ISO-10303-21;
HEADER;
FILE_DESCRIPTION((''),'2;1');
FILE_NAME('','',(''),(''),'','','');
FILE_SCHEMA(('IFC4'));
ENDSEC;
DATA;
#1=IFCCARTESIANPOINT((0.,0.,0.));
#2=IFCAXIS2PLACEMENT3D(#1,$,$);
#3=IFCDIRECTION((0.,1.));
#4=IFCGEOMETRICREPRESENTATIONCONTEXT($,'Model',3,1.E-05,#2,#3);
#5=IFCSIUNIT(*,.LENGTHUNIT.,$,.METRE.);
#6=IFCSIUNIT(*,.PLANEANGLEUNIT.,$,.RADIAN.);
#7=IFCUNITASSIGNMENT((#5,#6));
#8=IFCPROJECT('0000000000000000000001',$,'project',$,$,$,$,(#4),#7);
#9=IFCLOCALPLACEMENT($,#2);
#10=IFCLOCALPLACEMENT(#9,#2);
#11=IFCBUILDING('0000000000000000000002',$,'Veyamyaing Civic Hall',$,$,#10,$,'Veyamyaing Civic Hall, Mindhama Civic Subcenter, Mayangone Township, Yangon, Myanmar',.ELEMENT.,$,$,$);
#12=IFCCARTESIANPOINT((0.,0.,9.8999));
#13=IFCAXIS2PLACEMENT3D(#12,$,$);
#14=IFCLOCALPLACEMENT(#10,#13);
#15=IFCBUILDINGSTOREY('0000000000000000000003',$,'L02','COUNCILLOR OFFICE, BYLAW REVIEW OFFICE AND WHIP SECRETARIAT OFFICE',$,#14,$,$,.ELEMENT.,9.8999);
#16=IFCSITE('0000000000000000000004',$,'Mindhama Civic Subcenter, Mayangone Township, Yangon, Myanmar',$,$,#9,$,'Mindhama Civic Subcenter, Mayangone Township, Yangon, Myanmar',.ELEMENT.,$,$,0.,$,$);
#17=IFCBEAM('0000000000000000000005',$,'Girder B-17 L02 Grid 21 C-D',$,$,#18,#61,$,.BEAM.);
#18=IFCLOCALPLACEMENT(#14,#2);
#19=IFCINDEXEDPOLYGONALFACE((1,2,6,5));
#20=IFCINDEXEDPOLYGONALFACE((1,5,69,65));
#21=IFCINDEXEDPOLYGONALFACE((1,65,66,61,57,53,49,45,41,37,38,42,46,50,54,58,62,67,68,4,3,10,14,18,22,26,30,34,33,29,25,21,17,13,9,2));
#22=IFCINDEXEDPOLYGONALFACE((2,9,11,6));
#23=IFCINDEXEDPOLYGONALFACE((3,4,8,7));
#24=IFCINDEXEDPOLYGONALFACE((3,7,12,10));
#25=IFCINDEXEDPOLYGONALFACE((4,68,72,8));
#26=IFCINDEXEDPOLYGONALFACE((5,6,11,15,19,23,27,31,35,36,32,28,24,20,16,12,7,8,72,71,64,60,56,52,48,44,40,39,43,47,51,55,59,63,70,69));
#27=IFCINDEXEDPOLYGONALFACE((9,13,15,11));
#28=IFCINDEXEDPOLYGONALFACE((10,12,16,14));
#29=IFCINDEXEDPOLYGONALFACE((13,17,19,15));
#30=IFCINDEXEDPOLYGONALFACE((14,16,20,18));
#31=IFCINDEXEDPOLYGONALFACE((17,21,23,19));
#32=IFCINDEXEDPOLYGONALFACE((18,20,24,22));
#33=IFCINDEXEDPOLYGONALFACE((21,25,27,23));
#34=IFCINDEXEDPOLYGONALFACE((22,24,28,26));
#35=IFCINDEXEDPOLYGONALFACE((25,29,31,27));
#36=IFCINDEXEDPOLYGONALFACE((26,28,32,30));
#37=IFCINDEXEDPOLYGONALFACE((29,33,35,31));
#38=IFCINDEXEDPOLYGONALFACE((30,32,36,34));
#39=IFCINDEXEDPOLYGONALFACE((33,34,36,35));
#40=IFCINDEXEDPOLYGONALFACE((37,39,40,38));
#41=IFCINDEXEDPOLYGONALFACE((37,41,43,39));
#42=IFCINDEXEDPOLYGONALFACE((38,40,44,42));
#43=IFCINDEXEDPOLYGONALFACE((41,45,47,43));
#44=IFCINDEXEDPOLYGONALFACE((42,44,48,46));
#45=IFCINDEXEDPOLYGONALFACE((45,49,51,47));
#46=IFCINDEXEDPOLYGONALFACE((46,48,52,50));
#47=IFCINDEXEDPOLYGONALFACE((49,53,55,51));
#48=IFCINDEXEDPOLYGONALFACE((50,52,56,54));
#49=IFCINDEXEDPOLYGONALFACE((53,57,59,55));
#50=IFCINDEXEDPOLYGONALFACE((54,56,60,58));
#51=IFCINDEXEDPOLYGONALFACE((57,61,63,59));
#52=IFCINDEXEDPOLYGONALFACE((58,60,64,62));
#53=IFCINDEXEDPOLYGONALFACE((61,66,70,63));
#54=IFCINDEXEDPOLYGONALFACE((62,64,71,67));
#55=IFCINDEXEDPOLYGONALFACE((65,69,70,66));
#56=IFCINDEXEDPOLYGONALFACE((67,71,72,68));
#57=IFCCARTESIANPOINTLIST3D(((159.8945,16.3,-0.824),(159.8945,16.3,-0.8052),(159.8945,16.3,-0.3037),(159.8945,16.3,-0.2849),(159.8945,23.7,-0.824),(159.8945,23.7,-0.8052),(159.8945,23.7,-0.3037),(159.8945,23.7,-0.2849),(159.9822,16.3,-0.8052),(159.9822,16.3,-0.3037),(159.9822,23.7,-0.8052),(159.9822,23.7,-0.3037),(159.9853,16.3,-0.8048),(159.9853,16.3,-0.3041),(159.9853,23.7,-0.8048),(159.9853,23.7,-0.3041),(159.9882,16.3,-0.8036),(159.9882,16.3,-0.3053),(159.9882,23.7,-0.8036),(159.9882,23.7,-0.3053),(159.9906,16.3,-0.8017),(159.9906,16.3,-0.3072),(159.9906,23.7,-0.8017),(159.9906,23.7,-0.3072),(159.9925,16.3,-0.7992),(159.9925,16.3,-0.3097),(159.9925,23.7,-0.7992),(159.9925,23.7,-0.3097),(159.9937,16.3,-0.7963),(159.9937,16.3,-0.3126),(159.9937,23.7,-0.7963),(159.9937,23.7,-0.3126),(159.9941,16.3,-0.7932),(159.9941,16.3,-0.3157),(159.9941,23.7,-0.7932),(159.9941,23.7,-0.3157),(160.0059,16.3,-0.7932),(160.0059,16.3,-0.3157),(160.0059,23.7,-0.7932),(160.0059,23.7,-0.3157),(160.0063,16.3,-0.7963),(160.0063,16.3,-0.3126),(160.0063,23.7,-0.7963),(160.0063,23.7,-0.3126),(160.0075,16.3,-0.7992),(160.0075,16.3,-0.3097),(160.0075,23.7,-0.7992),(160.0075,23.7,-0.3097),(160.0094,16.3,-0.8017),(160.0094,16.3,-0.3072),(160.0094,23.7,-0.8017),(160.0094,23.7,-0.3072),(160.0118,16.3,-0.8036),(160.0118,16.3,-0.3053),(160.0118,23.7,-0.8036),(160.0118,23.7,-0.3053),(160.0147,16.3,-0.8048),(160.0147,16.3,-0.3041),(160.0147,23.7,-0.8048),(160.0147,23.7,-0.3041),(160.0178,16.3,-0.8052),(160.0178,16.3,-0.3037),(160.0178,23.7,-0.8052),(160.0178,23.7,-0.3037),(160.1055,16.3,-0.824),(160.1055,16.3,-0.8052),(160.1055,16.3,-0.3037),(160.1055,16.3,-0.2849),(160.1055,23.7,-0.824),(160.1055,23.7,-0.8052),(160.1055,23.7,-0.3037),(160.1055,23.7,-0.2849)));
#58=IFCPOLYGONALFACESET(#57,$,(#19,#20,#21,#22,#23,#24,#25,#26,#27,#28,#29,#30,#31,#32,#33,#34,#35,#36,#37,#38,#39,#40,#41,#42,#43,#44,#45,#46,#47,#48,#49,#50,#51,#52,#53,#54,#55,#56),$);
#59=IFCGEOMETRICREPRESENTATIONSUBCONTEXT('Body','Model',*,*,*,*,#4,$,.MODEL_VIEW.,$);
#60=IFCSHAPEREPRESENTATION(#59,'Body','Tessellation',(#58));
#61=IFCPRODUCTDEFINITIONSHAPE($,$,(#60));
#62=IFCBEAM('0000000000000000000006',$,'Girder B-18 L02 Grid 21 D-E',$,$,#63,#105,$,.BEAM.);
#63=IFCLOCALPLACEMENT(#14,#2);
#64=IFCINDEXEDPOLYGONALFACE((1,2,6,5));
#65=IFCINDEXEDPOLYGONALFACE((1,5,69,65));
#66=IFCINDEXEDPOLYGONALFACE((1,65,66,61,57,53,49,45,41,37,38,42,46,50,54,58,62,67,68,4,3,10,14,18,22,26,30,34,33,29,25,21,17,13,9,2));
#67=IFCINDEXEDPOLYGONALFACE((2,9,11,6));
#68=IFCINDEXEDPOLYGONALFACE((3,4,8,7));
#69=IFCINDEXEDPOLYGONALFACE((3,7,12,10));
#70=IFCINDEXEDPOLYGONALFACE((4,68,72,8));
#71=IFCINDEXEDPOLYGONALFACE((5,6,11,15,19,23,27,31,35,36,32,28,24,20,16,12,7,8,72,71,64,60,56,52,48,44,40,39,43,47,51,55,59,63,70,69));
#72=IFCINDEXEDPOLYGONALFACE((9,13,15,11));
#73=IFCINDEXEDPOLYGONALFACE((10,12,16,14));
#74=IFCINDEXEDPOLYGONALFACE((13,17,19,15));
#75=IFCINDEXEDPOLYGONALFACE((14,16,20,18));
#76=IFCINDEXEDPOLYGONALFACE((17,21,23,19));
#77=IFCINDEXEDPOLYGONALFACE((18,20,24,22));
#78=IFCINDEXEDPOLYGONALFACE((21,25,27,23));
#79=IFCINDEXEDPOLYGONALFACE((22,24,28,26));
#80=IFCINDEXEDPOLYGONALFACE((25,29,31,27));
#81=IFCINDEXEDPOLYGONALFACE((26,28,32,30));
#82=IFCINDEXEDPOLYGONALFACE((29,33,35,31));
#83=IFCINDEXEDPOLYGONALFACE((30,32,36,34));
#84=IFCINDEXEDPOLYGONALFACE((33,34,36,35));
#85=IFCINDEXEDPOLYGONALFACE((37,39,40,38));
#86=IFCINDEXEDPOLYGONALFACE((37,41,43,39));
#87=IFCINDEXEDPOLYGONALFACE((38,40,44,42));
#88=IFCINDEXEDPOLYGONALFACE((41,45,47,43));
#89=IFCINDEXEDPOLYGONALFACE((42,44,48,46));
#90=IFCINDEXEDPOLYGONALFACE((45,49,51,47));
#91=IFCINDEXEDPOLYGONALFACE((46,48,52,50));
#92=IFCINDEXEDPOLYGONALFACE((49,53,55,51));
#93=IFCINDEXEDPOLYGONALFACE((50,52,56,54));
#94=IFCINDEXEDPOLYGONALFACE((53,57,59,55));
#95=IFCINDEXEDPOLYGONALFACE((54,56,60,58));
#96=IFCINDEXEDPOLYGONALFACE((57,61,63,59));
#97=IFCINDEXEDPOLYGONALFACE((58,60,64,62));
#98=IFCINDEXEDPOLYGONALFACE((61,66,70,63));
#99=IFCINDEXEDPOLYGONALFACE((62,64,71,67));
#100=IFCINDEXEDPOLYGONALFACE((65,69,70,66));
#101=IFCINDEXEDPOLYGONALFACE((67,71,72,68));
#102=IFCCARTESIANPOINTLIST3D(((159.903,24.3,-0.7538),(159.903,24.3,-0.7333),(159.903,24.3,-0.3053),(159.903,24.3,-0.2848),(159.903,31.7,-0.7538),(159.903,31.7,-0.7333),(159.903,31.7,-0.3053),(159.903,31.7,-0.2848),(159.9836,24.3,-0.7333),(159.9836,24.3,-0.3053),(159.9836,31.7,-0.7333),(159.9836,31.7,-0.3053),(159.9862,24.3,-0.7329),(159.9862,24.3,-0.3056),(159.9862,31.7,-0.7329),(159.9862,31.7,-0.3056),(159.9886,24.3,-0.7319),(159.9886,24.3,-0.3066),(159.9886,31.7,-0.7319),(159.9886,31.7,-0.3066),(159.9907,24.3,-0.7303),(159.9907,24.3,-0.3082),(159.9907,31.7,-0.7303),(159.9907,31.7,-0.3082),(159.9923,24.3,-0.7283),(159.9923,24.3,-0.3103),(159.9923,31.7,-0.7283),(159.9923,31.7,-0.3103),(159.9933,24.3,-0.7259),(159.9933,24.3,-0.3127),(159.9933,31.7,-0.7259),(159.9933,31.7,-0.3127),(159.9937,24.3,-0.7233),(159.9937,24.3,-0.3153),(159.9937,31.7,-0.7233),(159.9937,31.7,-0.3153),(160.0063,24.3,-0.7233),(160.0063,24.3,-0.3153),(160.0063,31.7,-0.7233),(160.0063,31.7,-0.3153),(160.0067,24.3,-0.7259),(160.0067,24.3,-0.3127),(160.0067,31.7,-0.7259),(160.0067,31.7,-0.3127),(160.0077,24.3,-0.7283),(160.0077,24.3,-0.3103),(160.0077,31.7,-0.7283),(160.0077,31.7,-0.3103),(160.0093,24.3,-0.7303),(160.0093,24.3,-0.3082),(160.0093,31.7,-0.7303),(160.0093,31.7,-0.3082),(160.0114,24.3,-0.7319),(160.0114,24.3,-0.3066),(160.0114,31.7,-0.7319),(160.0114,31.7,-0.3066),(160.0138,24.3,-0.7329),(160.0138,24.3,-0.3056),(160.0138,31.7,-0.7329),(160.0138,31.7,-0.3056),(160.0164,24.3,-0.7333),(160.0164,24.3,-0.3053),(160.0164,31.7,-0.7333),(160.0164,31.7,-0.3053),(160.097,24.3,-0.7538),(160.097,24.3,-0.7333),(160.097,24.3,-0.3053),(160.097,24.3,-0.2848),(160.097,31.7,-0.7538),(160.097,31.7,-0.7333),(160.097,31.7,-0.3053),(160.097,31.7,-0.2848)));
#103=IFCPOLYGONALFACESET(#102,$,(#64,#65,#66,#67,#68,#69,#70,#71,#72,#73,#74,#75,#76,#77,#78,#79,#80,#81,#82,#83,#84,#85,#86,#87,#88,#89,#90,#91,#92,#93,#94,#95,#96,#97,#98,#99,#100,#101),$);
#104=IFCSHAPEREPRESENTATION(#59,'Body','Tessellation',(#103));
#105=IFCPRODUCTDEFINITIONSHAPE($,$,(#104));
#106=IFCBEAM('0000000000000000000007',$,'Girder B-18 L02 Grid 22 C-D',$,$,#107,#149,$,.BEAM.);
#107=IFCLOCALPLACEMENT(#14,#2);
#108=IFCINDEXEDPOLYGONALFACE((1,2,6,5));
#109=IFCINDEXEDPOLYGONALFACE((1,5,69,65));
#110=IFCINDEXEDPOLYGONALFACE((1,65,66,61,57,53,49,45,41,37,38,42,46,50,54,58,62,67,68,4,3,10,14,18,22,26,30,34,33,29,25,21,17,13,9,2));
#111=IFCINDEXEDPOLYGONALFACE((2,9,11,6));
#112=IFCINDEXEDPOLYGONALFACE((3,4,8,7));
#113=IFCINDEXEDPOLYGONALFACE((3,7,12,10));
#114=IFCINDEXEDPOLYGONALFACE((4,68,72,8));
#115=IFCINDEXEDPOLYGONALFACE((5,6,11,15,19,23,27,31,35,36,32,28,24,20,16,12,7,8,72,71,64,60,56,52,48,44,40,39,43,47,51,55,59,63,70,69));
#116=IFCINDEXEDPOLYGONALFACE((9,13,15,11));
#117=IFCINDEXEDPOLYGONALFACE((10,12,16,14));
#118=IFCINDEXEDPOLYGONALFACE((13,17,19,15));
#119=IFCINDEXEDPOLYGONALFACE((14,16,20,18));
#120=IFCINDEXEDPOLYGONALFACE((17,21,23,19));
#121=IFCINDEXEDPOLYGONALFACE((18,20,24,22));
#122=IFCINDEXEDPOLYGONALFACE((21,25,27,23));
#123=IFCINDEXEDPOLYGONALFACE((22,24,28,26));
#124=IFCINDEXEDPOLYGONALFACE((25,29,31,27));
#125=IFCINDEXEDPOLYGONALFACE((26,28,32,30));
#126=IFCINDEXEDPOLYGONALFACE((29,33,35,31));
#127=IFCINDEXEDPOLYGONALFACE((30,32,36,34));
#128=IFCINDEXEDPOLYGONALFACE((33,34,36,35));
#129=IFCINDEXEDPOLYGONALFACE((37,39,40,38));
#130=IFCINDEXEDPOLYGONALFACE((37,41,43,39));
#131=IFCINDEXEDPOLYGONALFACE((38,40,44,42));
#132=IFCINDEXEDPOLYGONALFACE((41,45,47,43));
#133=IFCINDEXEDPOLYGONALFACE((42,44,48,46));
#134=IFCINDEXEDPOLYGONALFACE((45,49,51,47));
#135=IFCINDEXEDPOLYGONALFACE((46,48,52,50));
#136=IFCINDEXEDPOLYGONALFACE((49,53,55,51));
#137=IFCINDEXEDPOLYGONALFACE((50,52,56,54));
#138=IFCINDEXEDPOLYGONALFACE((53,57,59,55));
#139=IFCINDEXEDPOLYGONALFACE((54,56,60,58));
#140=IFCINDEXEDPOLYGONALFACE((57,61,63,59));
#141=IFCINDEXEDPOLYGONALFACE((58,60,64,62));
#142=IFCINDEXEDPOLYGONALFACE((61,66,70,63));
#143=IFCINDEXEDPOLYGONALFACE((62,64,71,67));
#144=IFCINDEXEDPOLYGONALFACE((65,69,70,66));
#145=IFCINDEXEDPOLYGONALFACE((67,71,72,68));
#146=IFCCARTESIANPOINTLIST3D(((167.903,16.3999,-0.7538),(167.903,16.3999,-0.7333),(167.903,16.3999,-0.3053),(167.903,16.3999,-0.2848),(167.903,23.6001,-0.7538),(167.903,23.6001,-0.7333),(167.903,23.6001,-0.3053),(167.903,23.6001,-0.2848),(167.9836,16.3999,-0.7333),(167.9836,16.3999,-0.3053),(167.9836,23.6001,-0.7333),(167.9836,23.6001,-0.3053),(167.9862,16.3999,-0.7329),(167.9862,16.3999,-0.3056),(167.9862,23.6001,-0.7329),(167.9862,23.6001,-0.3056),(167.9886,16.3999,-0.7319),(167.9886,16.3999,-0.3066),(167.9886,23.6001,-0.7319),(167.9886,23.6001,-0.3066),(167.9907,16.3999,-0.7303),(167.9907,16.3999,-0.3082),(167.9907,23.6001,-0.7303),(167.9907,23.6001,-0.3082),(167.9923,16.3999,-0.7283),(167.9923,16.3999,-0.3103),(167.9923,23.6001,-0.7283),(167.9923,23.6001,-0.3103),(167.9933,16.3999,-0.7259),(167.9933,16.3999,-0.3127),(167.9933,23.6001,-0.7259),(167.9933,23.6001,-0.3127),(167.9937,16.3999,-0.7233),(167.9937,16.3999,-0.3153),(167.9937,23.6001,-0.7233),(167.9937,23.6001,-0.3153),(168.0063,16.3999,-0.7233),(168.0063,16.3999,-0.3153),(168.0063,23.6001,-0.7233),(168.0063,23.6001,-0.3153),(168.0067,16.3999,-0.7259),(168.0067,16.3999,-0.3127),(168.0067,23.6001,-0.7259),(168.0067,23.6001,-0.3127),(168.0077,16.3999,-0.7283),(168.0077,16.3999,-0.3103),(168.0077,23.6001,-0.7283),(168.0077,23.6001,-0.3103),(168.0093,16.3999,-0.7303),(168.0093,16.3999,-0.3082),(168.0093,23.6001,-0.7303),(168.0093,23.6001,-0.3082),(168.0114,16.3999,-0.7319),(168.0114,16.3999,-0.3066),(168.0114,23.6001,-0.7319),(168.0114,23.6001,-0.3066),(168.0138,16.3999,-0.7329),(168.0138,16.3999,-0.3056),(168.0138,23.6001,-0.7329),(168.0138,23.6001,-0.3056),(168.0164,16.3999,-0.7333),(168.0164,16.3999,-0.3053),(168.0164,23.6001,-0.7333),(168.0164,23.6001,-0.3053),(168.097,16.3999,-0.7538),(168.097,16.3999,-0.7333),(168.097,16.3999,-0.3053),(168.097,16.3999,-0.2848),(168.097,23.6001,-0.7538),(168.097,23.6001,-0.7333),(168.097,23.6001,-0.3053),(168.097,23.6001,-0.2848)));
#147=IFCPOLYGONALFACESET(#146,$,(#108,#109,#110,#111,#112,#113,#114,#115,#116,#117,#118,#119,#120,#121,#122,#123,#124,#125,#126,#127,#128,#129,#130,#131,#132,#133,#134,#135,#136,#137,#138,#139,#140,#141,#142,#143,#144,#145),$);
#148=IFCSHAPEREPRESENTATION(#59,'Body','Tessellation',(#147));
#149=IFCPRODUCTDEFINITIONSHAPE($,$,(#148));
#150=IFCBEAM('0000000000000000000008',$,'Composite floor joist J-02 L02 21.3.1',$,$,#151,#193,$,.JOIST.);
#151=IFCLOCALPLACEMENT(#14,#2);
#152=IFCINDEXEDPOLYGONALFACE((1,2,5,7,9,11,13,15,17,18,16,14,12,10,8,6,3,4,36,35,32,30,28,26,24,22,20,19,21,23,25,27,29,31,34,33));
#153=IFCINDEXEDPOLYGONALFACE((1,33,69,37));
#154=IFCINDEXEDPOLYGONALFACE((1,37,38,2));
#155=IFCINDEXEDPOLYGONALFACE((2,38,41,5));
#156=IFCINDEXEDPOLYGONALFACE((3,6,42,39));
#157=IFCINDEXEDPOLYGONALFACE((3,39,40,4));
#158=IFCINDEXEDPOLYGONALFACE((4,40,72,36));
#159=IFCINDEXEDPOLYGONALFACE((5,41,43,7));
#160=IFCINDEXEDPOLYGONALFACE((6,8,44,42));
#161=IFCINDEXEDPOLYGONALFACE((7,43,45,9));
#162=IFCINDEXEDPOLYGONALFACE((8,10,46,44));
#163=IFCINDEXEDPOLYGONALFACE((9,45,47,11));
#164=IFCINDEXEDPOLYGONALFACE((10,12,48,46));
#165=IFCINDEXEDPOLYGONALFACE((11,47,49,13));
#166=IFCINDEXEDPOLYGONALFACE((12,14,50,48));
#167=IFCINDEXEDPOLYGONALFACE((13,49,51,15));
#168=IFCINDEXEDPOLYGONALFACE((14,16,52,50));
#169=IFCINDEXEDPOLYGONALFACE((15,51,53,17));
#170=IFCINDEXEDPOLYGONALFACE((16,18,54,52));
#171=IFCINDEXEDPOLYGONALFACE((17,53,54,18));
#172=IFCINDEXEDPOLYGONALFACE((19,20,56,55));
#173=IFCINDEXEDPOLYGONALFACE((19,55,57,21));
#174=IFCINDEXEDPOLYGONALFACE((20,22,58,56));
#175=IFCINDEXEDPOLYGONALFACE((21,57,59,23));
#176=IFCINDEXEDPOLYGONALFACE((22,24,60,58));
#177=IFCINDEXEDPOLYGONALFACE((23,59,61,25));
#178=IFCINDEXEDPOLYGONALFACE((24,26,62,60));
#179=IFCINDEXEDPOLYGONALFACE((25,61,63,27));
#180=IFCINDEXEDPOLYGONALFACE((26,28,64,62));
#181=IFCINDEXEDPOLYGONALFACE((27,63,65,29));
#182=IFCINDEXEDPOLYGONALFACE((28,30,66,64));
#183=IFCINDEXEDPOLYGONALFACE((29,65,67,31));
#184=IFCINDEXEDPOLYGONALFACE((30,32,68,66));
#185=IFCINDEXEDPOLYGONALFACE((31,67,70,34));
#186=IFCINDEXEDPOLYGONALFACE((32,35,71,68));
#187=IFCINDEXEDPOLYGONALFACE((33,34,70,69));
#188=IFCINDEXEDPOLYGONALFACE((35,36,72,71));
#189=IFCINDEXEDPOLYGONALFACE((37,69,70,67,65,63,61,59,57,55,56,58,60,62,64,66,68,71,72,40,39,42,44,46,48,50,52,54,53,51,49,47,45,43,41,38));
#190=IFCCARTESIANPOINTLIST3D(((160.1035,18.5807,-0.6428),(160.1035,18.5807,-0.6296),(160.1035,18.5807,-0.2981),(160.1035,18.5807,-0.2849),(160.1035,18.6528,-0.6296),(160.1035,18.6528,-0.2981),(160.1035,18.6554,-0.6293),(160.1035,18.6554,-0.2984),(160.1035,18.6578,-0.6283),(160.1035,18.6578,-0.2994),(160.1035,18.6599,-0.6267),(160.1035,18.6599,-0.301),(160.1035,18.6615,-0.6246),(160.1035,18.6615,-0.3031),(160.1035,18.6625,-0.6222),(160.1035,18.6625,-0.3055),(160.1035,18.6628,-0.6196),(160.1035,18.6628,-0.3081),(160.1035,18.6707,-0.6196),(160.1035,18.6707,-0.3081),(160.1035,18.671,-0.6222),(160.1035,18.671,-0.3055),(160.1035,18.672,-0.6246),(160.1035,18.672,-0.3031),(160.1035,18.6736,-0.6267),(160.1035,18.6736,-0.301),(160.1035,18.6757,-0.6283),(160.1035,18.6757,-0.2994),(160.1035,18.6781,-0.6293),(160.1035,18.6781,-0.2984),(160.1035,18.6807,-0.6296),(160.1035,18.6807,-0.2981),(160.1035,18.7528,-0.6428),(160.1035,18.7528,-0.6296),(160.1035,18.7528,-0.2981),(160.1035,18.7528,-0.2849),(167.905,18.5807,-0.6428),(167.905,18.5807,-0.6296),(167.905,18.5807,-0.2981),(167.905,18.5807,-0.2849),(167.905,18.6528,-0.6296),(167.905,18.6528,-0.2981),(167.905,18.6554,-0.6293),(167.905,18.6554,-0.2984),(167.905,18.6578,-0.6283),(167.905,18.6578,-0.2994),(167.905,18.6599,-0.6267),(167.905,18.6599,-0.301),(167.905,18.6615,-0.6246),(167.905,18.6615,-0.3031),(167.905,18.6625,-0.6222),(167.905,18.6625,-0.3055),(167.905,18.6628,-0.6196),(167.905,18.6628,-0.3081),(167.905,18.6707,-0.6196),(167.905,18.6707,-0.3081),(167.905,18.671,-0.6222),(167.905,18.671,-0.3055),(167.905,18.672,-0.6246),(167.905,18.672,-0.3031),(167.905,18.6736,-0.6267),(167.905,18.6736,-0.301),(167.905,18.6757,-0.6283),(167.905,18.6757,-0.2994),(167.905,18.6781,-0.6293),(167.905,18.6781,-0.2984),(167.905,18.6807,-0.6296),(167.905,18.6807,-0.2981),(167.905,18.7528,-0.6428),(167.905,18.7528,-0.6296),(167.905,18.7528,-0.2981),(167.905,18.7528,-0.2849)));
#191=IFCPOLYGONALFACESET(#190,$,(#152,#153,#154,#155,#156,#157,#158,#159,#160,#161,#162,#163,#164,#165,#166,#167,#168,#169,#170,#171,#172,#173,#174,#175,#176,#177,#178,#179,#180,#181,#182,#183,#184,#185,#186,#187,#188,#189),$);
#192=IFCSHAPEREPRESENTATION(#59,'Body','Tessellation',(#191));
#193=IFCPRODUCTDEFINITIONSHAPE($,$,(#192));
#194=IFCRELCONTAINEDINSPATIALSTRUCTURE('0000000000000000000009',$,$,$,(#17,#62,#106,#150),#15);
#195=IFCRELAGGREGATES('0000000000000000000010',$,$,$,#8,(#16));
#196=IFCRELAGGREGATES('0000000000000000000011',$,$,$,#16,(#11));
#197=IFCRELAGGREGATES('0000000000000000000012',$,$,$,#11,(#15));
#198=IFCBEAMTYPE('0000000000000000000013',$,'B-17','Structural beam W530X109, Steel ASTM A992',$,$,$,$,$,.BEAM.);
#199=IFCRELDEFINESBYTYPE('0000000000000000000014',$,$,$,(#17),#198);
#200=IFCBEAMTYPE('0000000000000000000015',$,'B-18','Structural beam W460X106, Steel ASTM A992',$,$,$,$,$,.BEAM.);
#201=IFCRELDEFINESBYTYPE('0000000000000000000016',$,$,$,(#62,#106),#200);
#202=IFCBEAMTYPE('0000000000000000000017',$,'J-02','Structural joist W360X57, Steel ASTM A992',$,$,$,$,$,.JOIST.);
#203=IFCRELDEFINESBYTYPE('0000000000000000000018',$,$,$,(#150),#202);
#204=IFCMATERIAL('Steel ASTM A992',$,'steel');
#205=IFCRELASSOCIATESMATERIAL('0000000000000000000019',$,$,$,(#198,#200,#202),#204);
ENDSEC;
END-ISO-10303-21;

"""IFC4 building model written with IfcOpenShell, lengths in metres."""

from ifc_helpers import new_model, si_unit, direction, frame, origin, origin_2d, place, context, subcontext, project, spatial, i_section, extrude, material, material_profile, profile_set, type_object, element, save


model = new_model("IFC4")

# Units and contexts
model_context = context("Model", 3, precision=1e-05, world=origin(), true_north=direction((0.0, 1.0)))
body_context = subcontext(model_context, "Body", "Model", "MODEL_VIEW")
ifc_project = project(units=[si_unit("LENGTHUNIT", "METRE"), si_unit("PLANEANGLEUNIT", "RADIAN")], contexts=[model_context])

# Site, building, storey
site_placement = place(None, origin())
site = spatial("IfcSite", under=ifc_project, at=site_placement, Name="Mindhama Civic Subcenter, Mayangone Township, Yangon, Myanmar", LongName="Mindhama Civic Subcenter, Mayangone Township, Yangon, Myanmar", CompositionType="ELEMENT", RefElevation=0.0)
building_placement = place(site_placement, origin())
building = spatial("IfcBuilding", under=site, at=building_placement, Name="Veyamyaing Civic Hall", LongName="Veyamyaing Civic Hall, Mindhama Civic Subcenter, Mayangone Township, Yangon, Myanmar", CompositionType="ELEMENT")
storey_placement = place(building_placement, frame((0.0, 0.0, 9.8999)))
storey = spatial("IfcBuildingStorey", under=building, at=storey_placement, Name="L02", Description="COUNCILLOR OFFICE, BYLAW REVIEW OFFICE AND WHIP SECRETARIAT OFFICE", CompositionType="ELEMENT", Elevation=9.8999)

# Beams
ifc_material_1 = material(Name="Steel ASTM A992", Category="steel")
ifc_material_profile_1 = material_profile(ifc_material_1, i_section(OverallWidth=0.2109, OverallDepth=0.5391, WebThickness=0.0117, FlangeThickness=0.0188, FilletRadius=0.012, at=origin_2d()), Name="W530X109")
ifc_profile_set_1 = profile_set([ifc_material_profile_1], Name="Steel ASTM A992")
beam_type_1 = type_object("IfcBeamType", Name="B-17", Description="Structural beam W530X109, Steel ASTM A992", PredefinedType="BEAM", material=ifc_profile_set_1)
beam_1_placement = place(storey_placement, frame((160.0, 16.3, -0.5544), z_axis=(0.0, 1.0, 0.0), x_axis=(-1.0, 0.0, 0.0)))
element("IfcBeam", 1, at=beam_1_placement, inside=storey, type_object=beam_type_1, Name="Girder B-17 L02 Grid 21 C-D", PredefinedType="BEAM", context=body_context, shape_type="SweptSolid", body=[
    extrude(i_section(OverallWidth=0.2109, OverallDepth=0.5391, WebThickness=0.0117, FlangeThickness=0.0188, FilletRadius=0.012, at=origin_2d()), origin(), (0.0, 0.0, 1.0), 7.3999),
])
ifc_material_profile_2 = material_profile(ifc_material_1, i_section(OverallWidth=0.1941, OverallDepth=0.469, WebThickness=0.0127, FlangeThickness=0.0205, FilletRadius=0.01, at=origin_2d()), Name="W460X106")
ifc_profile_set_2 = profile_set([ifc_material_profile_2], Name="Steel ASTM A992")
beam_type_2 = type_object("IfcBeamType", Name="B-18", Description="Structural beam W460X106, Steel ASTM A992", PredefinedType="BEAM", material=ifc_profile_set_2)
beam_2_placement = place(storey_placement, frame((160.0, 24.3, -0.5193), z_axis=(0.0, 1.0, 0.0), x_axis=(-1.0, 0.0, 0.0)))
element("IfcBeam", 2, at=beam_2_placement, inside=storey, type_object=beam_type_2, Name="Girder B-18 L02 Grid 21 D-E", PredefinedType="BEAM", context=body_context, shape_type="SweptSolid", body=[
    extrude(i_section(OverallWidth=0.1941, OverallDepth=0.469, WebThickness=0.0127, FlangeThickness=0.0205, FilletRadius=0.01, at=origin_2d()), origin(), (0.0, 0.0, 1.0), 7.3999),
])
beam_3_placement = place(storey_placement, frame((168.0, 16.3999, -0.5193), z_axis=(0.0, 1.0, 0.0), x_axis=(-1.0, 0.0, 0.0)))
element("IfcBeam", 3, at=beam_3_placement, inside=storey, type_object=beam_type_2, Name="Girder B-18 L02 Grid 22 C-D", PredefinedType="BEAM", context=body_context, shape_type="SweptSolid", body=[
    extrude(i_section(OverallWidth=0.1941, OverallDepth=0.469, WebThickness=0.0127, FlangeThickness=0.0205, FilletRadius=0.01, at=origin_2d()), origin(), (0.0, 0.0, 1.0), 7.2002),
])
ifc_material_profile_3 = material_profile(ifc_material_1, i_section(OverallWidth=0.1721, OverallDepth=0.3579, WebThickness=0.0078, FlangeThickness=0.0132, FilletRadius=0.01, at=origin_2d()), Name="W360X57")
ifc_profile_set_3 = profile_set([ifc_material_profile_3], Name="Steel ASTM A992")
beam_type_3 = type_object("IfcBeamType", Name="J-02", Description="Structural joist W360X57, Steel ASTM A992", PredefinedType="JOIST", material=ifc_profile_set_3)
for number, where, z_axis, x_axis, name in (
    (4, (160.1035, 18.6667, -0.4639), (1.0, 0.0, 0.0), (0.0, 1.0, 0.0), "Composite floor joist J-02 L02 21.3.1"),
):
    element("IfcBeam", number, at=place(storey_placement, frame(where, z_axis=z_axis, x_axis=x_axis)), inside=storey, type_object=beam_type_3, Name=name, PredefinedType="JOIST", context=body_context, shape_type="SweptSolid", body=[
        extrude(i_section(OverallWidth=0.1721, OverallDepth=0.3579, WebThickness=0.0078, FlangeThickness=0.0132, FilletRadius=0.01, at=origin_2d()), origin(), (0.0, 0.0, 1.0), 7.8015),
    ])

save(model, "model.ifc")
